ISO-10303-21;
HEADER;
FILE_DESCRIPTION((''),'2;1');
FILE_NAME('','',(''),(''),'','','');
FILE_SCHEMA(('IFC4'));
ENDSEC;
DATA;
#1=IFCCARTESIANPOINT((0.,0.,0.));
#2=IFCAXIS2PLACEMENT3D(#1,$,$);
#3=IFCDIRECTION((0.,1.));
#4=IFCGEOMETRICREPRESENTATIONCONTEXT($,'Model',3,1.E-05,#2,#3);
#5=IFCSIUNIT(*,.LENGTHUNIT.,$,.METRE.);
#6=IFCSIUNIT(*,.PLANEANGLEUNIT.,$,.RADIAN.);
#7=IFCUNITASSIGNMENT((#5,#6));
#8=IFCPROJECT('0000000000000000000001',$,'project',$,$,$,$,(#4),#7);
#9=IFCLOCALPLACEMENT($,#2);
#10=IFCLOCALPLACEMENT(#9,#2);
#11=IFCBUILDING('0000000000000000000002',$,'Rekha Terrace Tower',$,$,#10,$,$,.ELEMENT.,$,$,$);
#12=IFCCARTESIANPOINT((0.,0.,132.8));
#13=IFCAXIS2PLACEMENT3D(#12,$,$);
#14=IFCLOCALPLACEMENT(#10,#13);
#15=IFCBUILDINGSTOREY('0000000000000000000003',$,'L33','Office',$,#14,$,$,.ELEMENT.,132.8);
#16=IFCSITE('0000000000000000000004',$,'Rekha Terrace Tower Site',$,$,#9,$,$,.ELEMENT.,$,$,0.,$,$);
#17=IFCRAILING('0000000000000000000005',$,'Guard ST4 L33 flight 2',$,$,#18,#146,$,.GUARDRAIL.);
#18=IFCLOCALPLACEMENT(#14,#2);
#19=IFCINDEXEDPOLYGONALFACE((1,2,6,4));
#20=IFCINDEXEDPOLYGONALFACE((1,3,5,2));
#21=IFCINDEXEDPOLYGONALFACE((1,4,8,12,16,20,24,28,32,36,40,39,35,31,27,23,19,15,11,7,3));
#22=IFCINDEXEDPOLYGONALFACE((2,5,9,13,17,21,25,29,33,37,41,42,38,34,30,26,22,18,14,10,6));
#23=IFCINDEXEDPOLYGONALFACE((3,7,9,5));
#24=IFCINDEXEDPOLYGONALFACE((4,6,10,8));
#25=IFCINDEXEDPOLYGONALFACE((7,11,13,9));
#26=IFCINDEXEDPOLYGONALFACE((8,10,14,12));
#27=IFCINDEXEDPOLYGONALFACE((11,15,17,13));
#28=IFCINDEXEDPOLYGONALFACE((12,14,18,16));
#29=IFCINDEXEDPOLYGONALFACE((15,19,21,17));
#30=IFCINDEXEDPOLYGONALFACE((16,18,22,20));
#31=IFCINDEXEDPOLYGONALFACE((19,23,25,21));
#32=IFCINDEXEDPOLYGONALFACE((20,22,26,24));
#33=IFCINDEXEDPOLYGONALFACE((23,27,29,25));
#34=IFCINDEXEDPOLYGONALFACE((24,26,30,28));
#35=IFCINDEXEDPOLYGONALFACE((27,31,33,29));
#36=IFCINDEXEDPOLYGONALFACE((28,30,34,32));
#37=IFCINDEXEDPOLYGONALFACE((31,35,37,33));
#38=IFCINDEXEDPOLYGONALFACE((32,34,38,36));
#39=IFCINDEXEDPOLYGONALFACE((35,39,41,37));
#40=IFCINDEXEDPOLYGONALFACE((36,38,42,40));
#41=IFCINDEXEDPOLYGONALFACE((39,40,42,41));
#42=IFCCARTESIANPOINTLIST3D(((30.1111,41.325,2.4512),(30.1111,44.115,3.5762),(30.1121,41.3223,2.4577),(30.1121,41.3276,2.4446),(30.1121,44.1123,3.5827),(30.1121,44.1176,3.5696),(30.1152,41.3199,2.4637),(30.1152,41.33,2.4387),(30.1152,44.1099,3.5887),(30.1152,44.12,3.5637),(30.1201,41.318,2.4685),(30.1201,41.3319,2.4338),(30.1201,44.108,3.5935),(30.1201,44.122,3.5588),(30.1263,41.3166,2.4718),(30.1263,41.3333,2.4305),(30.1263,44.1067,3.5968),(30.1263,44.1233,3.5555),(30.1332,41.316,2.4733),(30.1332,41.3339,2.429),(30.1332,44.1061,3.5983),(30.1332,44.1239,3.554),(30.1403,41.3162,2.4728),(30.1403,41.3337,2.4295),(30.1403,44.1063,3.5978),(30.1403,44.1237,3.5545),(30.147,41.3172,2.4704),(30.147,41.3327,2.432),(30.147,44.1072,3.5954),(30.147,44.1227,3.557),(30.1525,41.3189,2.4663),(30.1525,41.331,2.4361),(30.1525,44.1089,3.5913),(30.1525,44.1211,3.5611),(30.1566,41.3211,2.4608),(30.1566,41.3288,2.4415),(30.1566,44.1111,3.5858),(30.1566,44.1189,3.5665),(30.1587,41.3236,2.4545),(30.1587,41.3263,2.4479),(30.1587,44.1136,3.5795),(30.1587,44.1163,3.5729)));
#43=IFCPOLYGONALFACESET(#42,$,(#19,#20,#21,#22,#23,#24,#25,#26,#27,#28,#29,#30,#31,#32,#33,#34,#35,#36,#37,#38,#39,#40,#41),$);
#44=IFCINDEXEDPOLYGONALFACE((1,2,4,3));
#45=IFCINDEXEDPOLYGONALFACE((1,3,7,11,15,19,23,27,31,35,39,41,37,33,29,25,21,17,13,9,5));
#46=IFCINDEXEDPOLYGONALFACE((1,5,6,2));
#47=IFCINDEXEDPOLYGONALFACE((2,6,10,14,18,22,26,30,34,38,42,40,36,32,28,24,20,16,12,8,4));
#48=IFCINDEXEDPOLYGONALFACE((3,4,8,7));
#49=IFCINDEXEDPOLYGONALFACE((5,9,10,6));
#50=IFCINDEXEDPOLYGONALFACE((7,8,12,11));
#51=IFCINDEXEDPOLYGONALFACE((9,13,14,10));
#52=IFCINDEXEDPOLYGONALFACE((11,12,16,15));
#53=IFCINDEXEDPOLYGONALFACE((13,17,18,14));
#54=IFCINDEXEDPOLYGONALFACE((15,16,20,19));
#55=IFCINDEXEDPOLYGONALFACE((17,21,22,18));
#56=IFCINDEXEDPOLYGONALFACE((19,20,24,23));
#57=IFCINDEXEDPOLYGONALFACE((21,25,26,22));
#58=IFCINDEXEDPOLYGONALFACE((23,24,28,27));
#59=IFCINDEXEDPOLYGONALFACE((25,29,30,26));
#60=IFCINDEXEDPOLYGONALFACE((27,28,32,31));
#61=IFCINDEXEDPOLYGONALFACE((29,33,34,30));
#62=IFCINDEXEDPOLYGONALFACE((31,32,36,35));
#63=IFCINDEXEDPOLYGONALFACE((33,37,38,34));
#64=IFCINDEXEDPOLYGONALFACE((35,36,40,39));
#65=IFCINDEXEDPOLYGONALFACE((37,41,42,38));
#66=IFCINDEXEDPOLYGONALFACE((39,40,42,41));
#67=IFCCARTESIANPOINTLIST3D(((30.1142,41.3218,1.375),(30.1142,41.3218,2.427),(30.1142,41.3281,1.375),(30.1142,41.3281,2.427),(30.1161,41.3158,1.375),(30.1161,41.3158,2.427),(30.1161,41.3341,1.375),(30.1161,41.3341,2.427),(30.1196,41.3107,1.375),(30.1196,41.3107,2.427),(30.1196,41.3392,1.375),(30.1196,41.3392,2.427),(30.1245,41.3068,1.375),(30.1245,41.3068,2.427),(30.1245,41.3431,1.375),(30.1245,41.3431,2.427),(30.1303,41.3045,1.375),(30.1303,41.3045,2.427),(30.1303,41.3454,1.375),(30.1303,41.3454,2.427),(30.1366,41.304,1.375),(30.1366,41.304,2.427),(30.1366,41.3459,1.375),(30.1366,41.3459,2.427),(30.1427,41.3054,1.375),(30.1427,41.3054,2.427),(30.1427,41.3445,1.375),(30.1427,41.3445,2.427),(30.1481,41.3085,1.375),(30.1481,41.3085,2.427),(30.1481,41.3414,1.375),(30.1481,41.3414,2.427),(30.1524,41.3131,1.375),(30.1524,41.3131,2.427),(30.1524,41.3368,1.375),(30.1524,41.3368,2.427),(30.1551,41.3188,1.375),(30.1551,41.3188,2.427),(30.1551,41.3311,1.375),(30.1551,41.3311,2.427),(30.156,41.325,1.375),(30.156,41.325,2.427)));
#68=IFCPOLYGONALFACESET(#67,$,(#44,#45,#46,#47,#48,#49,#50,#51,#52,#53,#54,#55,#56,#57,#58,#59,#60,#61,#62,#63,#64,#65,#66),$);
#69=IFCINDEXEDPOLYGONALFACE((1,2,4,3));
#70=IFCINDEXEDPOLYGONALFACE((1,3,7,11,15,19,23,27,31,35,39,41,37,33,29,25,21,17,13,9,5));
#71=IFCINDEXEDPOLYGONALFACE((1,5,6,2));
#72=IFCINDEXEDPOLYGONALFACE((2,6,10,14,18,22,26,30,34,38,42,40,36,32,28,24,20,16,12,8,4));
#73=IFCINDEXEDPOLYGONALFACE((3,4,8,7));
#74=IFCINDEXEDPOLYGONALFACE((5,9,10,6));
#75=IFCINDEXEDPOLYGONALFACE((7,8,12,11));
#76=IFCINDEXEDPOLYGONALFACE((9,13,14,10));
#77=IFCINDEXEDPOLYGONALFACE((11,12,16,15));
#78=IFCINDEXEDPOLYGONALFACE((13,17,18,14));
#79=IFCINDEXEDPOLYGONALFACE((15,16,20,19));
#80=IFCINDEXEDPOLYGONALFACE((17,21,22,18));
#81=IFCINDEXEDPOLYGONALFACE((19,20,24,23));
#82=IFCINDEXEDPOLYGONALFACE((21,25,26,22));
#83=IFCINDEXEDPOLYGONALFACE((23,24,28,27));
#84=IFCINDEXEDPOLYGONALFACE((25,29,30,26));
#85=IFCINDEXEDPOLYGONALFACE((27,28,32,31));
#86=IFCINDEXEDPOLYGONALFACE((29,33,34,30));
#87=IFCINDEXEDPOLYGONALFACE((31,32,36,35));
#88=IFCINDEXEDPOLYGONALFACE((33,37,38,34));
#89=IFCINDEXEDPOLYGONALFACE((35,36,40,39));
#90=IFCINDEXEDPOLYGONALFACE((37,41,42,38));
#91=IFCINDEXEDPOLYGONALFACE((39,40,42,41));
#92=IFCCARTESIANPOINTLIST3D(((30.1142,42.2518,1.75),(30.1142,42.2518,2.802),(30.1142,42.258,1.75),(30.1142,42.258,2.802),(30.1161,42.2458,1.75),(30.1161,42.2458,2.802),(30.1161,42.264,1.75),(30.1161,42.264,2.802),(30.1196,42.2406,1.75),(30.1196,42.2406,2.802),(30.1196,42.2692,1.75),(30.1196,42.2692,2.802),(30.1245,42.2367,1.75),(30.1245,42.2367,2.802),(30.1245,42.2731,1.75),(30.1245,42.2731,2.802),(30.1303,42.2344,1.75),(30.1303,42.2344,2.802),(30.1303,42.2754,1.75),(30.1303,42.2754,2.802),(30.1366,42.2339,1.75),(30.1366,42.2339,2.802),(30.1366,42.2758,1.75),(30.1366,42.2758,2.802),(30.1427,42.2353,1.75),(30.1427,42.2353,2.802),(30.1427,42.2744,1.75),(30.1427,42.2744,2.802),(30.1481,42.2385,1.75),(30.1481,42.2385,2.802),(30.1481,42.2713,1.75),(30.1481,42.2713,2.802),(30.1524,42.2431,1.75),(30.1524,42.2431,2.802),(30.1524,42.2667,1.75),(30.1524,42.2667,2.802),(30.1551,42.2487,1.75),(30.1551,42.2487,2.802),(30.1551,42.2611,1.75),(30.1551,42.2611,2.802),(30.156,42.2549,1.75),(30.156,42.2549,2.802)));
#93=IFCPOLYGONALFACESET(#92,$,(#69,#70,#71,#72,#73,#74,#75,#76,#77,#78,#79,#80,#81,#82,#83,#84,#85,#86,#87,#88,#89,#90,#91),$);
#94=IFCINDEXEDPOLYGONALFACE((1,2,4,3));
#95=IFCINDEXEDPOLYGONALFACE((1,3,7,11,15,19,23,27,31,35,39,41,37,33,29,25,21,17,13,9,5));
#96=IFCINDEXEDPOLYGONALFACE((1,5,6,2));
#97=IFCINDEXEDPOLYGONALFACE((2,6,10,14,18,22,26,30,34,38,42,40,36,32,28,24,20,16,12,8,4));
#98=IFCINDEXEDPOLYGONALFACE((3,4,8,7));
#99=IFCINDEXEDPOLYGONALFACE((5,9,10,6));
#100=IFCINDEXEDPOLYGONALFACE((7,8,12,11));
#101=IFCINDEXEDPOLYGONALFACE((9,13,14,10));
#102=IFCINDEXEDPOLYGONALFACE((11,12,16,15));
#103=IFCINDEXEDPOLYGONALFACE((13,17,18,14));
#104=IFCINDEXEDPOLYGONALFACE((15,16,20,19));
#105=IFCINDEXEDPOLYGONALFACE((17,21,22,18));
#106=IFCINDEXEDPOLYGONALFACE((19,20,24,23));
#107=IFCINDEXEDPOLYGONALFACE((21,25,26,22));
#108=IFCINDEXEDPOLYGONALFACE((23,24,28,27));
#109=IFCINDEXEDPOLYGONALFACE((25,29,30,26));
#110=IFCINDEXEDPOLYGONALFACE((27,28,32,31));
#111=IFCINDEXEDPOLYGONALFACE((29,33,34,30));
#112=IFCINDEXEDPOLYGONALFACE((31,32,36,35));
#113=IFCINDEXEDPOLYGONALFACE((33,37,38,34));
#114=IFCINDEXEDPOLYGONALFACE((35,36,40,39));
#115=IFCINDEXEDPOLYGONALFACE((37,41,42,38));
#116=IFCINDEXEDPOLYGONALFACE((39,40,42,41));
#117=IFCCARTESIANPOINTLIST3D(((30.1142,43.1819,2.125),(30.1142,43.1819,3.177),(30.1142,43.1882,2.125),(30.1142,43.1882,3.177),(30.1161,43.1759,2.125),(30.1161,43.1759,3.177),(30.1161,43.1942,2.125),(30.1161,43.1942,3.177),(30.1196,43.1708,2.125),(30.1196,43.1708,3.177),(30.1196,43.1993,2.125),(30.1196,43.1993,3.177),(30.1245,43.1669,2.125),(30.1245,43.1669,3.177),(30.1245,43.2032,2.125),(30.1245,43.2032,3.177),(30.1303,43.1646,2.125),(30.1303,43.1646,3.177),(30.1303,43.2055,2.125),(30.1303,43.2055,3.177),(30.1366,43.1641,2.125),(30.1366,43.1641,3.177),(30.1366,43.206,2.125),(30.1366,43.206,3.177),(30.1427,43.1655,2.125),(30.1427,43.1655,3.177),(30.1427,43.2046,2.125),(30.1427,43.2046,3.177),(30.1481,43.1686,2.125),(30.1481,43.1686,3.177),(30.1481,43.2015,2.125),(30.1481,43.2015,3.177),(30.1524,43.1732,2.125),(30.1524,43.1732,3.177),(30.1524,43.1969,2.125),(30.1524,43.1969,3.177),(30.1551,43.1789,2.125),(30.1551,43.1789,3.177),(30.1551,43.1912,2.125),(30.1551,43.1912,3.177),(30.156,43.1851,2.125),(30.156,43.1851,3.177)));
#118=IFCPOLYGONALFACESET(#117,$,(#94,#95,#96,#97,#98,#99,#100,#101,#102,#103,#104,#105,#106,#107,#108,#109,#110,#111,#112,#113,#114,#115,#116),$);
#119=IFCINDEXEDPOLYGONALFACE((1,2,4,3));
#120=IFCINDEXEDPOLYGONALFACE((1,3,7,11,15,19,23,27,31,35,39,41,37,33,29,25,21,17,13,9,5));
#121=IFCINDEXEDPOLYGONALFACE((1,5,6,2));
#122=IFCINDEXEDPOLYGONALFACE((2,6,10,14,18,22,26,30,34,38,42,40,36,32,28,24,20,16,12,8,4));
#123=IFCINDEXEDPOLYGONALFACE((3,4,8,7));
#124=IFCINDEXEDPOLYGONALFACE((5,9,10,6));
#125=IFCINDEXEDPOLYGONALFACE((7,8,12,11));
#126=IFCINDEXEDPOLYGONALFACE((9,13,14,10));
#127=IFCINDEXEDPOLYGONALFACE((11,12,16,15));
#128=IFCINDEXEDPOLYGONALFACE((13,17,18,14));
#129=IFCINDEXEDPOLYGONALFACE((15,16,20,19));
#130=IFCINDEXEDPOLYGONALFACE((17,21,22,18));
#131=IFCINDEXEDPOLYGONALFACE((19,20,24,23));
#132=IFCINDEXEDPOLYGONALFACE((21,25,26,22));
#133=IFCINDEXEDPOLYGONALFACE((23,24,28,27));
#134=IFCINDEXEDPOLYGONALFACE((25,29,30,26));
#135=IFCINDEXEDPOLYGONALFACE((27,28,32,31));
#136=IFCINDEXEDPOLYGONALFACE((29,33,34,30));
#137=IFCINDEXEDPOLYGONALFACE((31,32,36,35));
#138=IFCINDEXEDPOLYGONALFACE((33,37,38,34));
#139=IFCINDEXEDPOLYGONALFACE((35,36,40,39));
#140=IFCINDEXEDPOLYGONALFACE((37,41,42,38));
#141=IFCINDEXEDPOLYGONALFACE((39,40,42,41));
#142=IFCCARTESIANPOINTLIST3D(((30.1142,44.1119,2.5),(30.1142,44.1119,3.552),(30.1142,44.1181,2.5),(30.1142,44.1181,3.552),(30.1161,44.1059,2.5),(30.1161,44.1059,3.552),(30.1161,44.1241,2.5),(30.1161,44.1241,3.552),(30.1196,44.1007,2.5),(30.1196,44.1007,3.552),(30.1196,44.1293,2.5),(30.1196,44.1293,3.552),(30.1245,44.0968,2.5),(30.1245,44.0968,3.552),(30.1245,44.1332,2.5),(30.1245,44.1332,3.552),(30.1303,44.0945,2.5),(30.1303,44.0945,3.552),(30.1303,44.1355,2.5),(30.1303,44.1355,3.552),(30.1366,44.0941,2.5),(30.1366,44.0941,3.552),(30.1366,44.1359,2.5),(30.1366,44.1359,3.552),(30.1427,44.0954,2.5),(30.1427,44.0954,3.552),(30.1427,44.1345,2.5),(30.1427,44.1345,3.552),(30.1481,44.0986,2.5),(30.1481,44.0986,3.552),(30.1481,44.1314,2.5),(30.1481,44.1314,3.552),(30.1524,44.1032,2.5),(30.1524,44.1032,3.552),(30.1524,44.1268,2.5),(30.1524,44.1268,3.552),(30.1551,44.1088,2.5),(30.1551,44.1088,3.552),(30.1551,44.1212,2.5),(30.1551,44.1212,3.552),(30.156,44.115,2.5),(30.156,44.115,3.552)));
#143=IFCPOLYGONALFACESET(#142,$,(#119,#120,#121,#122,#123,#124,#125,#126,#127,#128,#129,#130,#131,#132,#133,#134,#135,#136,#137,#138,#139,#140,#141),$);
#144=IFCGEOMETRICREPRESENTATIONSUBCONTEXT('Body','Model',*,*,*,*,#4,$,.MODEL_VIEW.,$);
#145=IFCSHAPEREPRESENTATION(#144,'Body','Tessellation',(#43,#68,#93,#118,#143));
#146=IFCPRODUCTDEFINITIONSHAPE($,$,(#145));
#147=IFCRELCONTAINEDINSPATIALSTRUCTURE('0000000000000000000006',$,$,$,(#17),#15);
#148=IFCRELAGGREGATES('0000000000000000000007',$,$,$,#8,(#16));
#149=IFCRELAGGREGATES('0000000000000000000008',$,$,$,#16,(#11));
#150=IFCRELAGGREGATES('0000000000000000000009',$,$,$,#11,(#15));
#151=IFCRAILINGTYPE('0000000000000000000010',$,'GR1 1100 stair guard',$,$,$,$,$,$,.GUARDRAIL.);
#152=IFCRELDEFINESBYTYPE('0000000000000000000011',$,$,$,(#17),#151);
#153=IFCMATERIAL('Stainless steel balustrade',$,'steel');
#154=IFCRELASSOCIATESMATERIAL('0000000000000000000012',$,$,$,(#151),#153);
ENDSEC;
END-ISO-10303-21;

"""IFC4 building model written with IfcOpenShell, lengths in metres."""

from ifc_helpers import new_model, si_unit, direction, frame, origin, origin_2d, place, context, subcontext, project, spatial, circle, extrude, material, type_object, element, save


model = new_model("IFC4")

# Units and contexts
model_context = context("Model", 3, precision=1e-05, world=origin(), true_north=direction((0.0, 1.0)))
body_context = subcontext(model_context, "Body", "Model", "MODEL_VIEW")
ifc_project = project(units=[si_unit("LENGTHUNIT", "METRE"), si_unit("PLANEANGLEUNIT", "RADIAN")], contexts=[model_context])

# Site, building, storey
site_placement = place(None, origin())
site = spatial("IfcSite", under=ifc_project, at=site_placement, Name="Rekha Terrace Tower Site", CompositionType="ELEMENT", RefElevation=0.0)
building_placement = place(site_placement, origin())
building = spatial("IfcBuilding", under=site, at=building_placement, Name="Rekha Terrace Tower", CompositionType="ELEMENT")
storey_placement = place(building_placement, frame((0.0, 0.0, 132.8)))
storey = spatial("IfcBuildingStorey", under=building, at=storey_placement, Name="L33", Description="Office", CompositionType="ELEMENT", Elevation=132.8)

# Railing
ifc_material_1 = material(Name="Stainless steel balustrade", Category="steel")
railing_type_1 = type_object("IfcRailingType", Name="GR1 1100 stair guard", PredefinedType="GUARDRAIL", material=ifc_material_1)
railing_1_placement = place(storey_placement, frame((30.135, 41.325, 1.375)))
element("IfcRailing", 1, at=railing_1_placement, inside=storey, type_object=railing_type_1, Name="Guard ST4 L33 flight 2", PredefinedType="GUARDRAIL", context=body_context, shape_type="SweptSolid", body=[
    extrude(circle(Radius=0.0239, at=origin_2d()), frame((0.0, 0.0, 1.0762), z_axis=(0.0, 0.927443, 0.373964), x_axis=(-1.0, 0.0, 0.0)), (0.0, 0.0, 1.0), 3.0083),
    extrude(circle(Radius=0.021, at=origin_2d()), origin(), (0.0, 0.0, 1.0), 1.052),
    extrude(circle(Radius=0.021, at=origin_2d()), frame((0.0, 0.9299, 0.375)), (0.0, 0.0, 1.0), 1.052),
    extrude(circle(Radius=0.021, at=origin_2d()), frame((0.0, 1.8601, 0.75)), (0.0, 0.0, 1.0), 1.052),
    extrude(circle(Radius=0.021, at=origin_2d()), frame((0.0, 2.79, 1.125)), (0.0, 0.0, 1.0), 1.052),
])

save(model, "model.ifc")
